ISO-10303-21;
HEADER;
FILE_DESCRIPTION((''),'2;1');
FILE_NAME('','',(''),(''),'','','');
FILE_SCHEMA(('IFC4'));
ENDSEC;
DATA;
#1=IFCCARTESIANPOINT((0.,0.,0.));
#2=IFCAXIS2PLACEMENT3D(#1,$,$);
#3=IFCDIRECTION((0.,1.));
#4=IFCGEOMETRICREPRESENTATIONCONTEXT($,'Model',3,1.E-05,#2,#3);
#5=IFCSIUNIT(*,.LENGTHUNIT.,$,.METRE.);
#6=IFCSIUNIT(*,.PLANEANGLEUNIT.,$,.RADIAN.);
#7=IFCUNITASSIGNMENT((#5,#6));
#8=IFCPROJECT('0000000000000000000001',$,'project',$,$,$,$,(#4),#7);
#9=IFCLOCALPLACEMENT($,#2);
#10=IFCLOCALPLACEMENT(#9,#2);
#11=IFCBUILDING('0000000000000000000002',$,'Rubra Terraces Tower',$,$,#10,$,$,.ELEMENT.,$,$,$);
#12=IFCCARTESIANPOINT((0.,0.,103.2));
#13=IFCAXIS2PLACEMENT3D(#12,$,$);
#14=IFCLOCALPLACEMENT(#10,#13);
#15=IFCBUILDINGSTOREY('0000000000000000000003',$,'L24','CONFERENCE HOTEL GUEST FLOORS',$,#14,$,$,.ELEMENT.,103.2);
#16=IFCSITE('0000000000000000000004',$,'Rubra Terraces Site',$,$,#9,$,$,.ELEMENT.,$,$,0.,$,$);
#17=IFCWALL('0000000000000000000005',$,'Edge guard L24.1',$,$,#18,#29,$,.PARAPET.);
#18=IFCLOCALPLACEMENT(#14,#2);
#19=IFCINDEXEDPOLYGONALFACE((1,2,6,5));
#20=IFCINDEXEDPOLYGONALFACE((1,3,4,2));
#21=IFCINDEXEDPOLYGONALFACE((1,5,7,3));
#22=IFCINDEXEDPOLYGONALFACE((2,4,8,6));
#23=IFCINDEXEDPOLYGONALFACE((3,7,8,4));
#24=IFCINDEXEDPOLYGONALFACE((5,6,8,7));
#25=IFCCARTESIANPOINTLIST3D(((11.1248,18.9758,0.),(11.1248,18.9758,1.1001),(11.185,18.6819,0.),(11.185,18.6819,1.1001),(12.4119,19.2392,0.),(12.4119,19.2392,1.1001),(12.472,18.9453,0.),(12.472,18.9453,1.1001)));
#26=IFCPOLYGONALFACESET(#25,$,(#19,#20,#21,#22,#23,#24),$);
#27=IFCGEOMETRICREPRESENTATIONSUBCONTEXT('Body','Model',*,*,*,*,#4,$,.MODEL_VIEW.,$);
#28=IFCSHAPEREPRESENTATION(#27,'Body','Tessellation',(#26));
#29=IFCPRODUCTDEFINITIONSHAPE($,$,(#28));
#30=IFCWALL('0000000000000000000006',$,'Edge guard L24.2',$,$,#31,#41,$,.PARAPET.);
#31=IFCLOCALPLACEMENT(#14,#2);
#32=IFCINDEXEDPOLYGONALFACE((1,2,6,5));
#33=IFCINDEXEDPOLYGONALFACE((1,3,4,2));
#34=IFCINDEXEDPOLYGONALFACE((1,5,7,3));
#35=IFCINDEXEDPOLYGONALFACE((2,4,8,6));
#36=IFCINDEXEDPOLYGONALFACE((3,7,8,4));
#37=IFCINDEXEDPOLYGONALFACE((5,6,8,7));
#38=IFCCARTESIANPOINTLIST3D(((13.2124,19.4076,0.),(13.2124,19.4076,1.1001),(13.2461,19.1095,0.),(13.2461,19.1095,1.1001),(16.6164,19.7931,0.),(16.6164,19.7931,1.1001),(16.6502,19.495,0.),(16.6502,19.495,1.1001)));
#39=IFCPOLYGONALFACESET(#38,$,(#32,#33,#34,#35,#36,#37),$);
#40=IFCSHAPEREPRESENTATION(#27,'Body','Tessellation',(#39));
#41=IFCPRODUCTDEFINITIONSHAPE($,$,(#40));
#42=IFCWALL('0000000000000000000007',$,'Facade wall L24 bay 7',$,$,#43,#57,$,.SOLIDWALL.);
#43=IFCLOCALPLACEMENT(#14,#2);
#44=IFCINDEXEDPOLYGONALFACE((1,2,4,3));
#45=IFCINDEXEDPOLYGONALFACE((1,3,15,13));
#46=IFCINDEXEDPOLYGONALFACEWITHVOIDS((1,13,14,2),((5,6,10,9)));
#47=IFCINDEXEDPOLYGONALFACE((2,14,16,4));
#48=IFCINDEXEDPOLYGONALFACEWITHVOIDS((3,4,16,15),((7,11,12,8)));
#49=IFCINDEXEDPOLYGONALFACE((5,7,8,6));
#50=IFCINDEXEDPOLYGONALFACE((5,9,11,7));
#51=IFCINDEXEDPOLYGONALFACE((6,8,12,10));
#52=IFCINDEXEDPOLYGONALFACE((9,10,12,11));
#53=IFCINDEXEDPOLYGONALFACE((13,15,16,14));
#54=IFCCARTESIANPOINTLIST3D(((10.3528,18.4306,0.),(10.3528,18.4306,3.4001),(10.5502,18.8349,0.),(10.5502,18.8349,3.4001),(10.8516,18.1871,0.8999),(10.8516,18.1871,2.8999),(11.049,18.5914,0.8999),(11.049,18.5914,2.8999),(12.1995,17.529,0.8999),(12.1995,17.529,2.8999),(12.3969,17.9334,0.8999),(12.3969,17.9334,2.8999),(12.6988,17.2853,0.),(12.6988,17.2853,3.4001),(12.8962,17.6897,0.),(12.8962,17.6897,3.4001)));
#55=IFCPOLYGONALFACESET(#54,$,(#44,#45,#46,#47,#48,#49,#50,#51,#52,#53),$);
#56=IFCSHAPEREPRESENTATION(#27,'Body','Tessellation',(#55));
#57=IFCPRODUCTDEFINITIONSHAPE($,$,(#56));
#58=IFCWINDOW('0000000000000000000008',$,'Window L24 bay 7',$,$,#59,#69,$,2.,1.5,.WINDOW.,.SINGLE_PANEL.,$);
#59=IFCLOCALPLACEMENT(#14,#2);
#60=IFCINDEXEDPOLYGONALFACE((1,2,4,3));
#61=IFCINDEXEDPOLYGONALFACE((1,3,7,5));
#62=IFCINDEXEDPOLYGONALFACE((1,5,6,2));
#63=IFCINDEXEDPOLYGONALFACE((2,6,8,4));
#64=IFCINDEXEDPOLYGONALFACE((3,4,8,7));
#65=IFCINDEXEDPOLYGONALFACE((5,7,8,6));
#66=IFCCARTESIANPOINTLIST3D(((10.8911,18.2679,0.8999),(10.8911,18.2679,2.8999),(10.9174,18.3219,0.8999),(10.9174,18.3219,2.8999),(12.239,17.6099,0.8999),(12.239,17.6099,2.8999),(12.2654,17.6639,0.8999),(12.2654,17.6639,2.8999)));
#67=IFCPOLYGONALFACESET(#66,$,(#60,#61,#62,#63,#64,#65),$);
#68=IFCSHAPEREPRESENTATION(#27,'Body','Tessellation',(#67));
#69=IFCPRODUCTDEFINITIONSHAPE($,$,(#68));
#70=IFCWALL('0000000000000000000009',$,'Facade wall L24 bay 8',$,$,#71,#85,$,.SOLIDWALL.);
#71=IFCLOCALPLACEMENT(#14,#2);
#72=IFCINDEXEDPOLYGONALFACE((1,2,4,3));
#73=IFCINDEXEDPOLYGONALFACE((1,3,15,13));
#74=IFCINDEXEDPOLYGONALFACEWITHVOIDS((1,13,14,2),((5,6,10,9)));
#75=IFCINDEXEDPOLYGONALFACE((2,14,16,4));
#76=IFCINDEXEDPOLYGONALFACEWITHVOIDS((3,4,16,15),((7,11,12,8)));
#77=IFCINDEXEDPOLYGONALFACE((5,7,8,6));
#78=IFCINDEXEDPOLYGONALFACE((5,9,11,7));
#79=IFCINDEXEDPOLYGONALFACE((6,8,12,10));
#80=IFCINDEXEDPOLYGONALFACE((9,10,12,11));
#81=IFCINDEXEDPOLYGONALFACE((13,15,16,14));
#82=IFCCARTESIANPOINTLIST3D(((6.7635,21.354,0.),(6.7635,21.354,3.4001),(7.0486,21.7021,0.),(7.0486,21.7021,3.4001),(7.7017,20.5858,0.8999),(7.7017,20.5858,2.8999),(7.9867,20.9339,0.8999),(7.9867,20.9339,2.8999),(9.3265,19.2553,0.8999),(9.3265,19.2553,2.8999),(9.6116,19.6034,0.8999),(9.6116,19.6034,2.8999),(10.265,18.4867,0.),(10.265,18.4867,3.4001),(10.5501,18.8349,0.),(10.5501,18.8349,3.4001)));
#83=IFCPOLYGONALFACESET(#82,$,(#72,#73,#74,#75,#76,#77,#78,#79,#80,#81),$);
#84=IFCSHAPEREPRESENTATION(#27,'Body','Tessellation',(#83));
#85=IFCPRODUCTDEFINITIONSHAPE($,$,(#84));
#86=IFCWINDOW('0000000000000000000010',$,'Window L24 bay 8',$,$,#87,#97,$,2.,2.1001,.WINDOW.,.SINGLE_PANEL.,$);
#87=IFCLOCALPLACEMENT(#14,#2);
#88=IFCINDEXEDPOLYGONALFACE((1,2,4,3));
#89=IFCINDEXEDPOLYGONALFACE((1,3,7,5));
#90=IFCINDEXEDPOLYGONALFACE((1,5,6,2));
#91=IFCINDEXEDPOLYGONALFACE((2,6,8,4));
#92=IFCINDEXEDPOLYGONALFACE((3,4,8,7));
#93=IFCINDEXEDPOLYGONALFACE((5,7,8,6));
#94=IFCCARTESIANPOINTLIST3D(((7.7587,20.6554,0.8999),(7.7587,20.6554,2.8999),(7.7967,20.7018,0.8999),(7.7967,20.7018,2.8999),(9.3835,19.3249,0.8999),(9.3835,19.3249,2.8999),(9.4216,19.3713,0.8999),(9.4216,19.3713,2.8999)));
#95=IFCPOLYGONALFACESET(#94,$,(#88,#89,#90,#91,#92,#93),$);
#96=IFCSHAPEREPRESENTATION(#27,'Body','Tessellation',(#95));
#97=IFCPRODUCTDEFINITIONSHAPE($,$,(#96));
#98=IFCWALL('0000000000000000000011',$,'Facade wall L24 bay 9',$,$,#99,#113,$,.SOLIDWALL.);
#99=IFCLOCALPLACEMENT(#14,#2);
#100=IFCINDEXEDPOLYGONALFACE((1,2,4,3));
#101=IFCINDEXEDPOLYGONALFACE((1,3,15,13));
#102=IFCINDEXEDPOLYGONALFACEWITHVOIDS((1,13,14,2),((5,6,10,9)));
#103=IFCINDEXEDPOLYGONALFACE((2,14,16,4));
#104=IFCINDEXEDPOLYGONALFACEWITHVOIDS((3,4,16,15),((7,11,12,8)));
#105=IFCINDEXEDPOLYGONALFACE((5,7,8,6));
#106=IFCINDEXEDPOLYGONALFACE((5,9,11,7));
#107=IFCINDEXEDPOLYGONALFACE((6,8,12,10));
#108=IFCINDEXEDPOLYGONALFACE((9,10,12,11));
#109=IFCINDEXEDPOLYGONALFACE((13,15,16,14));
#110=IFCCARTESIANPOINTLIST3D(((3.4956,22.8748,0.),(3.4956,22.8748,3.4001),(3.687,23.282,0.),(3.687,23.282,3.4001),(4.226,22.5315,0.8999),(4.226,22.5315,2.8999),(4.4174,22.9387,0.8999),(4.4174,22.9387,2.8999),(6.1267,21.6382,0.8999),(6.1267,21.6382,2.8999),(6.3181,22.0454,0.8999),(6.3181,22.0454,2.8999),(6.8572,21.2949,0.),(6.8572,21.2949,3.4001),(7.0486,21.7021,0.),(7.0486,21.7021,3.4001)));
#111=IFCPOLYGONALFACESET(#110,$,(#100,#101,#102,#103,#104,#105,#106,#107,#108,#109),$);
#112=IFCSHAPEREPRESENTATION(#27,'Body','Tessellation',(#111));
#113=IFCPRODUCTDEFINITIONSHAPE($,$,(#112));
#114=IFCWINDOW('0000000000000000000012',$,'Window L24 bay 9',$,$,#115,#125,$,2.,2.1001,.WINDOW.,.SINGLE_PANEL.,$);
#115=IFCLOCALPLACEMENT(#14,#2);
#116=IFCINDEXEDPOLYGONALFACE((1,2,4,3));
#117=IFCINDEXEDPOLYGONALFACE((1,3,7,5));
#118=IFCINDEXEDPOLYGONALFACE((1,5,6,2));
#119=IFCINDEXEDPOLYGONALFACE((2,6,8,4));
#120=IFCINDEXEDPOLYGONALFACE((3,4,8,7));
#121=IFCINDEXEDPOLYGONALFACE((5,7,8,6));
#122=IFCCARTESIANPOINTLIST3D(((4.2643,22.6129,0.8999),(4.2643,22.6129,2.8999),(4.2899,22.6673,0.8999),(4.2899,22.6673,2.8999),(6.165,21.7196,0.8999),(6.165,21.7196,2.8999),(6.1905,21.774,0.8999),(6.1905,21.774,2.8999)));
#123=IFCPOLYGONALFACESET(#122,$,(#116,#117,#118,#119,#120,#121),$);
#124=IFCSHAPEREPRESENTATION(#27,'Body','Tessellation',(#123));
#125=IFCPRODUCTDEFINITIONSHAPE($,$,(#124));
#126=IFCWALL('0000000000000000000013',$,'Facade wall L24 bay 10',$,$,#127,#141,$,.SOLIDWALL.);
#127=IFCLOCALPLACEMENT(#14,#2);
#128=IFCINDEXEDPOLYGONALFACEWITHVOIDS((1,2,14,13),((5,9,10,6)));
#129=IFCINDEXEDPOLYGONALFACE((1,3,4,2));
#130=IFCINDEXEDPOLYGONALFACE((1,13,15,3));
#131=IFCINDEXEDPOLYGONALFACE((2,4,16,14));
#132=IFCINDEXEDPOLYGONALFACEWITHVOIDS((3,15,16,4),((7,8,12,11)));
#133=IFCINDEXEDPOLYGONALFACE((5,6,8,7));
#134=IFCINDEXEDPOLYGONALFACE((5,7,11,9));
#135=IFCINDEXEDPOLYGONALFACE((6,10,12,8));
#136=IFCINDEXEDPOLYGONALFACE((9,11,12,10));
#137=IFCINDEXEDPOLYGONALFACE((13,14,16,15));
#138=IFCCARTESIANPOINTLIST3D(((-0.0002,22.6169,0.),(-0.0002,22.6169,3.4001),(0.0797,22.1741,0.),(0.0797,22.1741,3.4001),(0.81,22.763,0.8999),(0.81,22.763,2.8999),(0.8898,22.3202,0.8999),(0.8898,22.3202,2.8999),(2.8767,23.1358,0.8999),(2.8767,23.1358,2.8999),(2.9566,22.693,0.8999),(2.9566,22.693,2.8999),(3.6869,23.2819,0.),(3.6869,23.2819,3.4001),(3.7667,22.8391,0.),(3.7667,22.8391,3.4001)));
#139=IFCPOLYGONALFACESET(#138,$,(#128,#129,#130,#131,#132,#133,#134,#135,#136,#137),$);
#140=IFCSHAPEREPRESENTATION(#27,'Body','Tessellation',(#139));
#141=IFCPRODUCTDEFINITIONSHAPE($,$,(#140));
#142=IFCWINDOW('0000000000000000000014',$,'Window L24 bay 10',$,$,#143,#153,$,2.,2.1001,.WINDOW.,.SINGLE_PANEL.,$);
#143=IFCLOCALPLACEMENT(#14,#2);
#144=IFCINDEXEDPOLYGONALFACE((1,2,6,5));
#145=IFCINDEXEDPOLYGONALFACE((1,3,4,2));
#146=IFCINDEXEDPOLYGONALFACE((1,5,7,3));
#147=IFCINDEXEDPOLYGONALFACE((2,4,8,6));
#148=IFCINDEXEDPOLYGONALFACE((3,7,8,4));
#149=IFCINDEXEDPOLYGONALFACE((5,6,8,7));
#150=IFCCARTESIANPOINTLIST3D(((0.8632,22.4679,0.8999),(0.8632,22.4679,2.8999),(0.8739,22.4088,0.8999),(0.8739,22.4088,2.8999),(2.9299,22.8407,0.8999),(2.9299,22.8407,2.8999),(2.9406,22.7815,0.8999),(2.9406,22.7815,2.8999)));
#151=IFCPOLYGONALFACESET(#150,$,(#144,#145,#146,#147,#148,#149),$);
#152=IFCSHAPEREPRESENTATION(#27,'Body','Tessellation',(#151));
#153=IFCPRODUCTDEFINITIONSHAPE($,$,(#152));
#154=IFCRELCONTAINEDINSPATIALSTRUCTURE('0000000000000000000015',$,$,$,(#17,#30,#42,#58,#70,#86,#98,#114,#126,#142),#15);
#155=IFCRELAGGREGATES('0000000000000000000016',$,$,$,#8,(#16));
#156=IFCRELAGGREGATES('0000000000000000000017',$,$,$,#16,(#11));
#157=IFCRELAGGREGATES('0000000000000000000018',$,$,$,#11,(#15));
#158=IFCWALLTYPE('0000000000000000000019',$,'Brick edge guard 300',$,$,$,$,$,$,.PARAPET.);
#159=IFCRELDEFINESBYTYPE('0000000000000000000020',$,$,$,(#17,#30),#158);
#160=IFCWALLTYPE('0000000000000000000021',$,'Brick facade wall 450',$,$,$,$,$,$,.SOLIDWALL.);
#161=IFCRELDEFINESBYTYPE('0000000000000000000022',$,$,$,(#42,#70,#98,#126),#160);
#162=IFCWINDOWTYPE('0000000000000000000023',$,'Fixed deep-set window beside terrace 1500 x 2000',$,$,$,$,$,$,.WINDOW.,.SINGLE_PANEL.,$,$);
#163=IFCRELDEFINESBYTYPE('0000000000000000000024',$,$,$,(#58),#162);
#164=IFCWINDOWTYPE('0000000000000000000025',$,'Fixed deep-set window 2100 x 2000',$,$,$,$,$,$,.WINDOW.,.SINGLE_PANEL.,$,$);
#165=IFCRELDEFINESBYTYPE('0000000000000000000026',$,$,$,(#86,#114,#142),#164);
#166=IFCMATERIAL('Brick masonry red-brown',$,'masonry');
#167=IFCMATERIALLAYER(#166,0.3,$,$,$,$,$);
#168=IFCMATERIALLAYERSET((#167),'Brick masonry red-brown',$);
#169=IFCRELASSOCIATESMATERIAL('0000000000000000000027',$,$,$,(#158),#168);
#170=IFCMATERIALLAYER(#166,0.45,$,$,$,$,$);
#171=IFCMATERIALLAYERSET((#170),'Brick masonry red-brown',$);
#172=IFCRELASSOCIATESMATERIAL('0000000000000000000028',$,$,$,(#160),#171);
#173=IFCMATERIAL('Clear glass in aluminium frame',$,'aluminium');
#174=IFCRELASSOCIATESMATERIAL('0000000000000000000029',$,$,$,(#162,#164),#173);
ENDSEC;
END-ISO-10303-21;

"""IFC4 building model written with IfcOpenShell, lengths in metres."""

from ifc_helpers import new_model, si_unit, direction, frame, frame_2d, origin, place, context, subcontext, project, spatial, rectangle, extrude, material, layer, layer_set, type_object, element, fill, save


model = new_model("IFC4")

# Units and contexts
model_context = context("Model", 3, precision=1e-05, world=origin(), true_north=direction((0.0, 1.0)))
body_context = subcontext(model_context, "Body", "Model", "MODEL_VIEW")
ifc_project = project(units=[si_unit("LENGTHUNIT", "METRE"), si_unit("PLANEANGLEUNIT", "RADIAN")], contexts=[model_context])

# Site, building, storey
site_placement = place(None, origin())
site = spatial("IfcSite", under=ifc_project, at=site_placement, Name="Rubra Terraces Site", CompositionType="ELEMENT", RefElevation=0.0)
building_placement = place(site_placement, origin())
building = spatial("IfcBuilding", under=site, at=building_placement, Name="Rubra Terraces Tower", CompositionType="ELEMENT")
storey_placement = place(building_placement, frame((0.0, 0.0, 103.2)))
storey = spatial("IfcBuildingStorey", under=building, at=storey_placement, Name="L24", Description="CONFERENCE HOTEL GUEST FLOORS", CompositionType="ELEMENT", Elevation=103.2)

# Walls
ifc_material_1 = material(Name="Brick masonry red-brown", Category="masonry")
ifc_layer_1 = layer(ifc_material_1, 0.3)
ifc_layer_set_1 = layer_set([ifc_layer_1], Name="Brick masonry red-brown")
wall_type_1 = type_object("IfcWallType", Name="Brick edge guard 300", PredefinedType="PARAPET", material=ifc_layer_set_1)
wall_1_placement = place(storey_placement, frame((11.155, 18.8289, 0.0), z_axis=(0.0, 0.0, 1.0), x_axis=(0.979692, 0.20051, 0.0)))
element("IfcWall", 1, at=wall_1_placement, inside=storey, type_object=wall_type_1, Name="Edge guard L24.1", PredefinedType="PARAPET", context=body_context, shape_type="SweptSolid", body=[
    extrude(rectangle(XDim=1.3137, YDim=0.3, at=frame_2d((0.6567, 0.0))), origin(), (0.0, 0.0, 1.0), 1.1001),
])
wall_2_placement = place(storey_placement, frame((13.2292, 19.2585, 0.0), z_axis=(0.0, 0.0, 1.0), x_axis=(0.993649, 0.112528, 0.0)))
element("IfcWall", 2, at=wall_2_placement, inside=storey, type_object=wall_type_1, Name="Edge guard L24.2", PredefinedType="PARAPET", context=body_context, shape_type="SweptSolid", body=[
    extrude(rectangle(XDim=3.4258, YDim=0.3, at=frame_2d((1.7129, 0.0))), origin(), (0.0, 0.0, 1.0), 1.1001),
])

# Walls, openings, windows
ifc_layer_2 = layer(ifc_material_1, 0.45)
ifc_layer_set_2 = layer_set([ifc_layer_2], Name="Brick masonry red-brown")
wall_type_2 = type_object("IfcWallType", Name="Brick facade wall 450", PredefinedType="SOLIDWALL", material=ifc_layer_set_2)
wall_3_placement = place(storey_placement, frame((12.7974, 17.4875, 0.0), z_axis=(0.0, 0.0, 1.0), x_axis=(-0.898633, 0.438702, 0.0)))
wall_3 = element("IfcWall", 3, at=wall_3_placement, inside=storey, type_object=wall_type_2, Name="Facade wall L24 bay 7", PredefinedType="SOLIDWALL", context=body_context, shape_type="SweptSolid", body=[
    extrude(rectangle(XDim=2.6106, YDim=0.45, at=frame_2d((1.3052, 0.0))), origin(), (0.0, 0.0, 1.0), 3.4001),
])
opening_1_placement = place(wall_3_placement, frame((0.5554, 0.0, 0.8999)))
opening_1 = element("IfcOpeningElement", 4, at=opening_1_placement, cuts=wall_3, PredefinedType="OPENING", context=body_context, shape_type="SweptSolid", body=[
    extrude(rectangle(XDim=1.5, YDim=2.0, at=frame_2d((0.75, 1.0))), frame((0.0, 0.2349, 0.0), z_axis=(0.0, -1.0, 0.0), x_axis=(1.0, 0.0, 0.0)), (0.0, 0.0, 1.0), 0.47),
])
ifc_material_2 = material(Name="Clear glass in aluminium frame", Category="aluminium")
window_type_1 = type_object("IfcWindowType", Name="Fixed deep-set window beside terrace 1500 x 2000", PartitioningType="SINGLE_PANEL", PredefinedType="WINDOW", material=ifc_material_2)
window_1_placement = place(opening_1_placement, origin())
window_1 = element("IfcWindow", 5, at=window_1_placement, inside=storey, type_object=window_type_1, Name="Window L24 bay 7", OverallHeight=2.0, OverallWidth=1.5, PartitioningType="SINGLE_PANEL", PredefinedType="WINDOW", context=body_context, shape_type="SweptSolid", body=[
    extrude(rectangle(XDim=1.5, YDim=2.0, at=frame_2d((0.75, 1.0))), frame((0.0, 0.135, 0.0), z_axis=(0.0, -1.0, 0.0), x_axis=(1.0, 0.0, 0.0)), (0.0, 0.0, 1.0), 0.0601),
])
fill(opening_1, window_1)
wall_4_placement = place(storey_placement, frame((10.4075, 18.6609, 0.0), z_axis=(0.0, 0.0, 1.0), x_axis=(-0.773702, 0.633549, 0.0)))
wall_4 = element("IfcWall", 6, at=wall_4_placement, inside=storey, type_object=wall_type_2, Name="Facade wall L24 bay 8", PredefinedType="SOLIDWALL", context=body_context, shape_type="SweptSolid", body=[
    extrude(rectangle(XDim=4.5256, YDim=0.45, at=frame_2d((2.2627, 0.0))), origin(), (0.0, 0.0, 1.0), 3.4001),
])
opening_2_placement = place(wall_4_placement, frame((1.2129, 0.0, 0.8999)))
opening_2 = element("IfcOpeningElement", 7, at=opening_2_placement, cuts=wall_4, PredefinedType="OPENING", context=body_context, shape_type="SweptSolid", body=[
    extrude(rectangle(XDim=2.1001, YDim=2.0, at=frame_2d((1.05, 1.0))), frame((0.0, 0.2349, 0.0), z_axis=(0.0, -1.0, 0.0), x_axis=(1.0, 0.0, 0.0)), (0.0, 0.0, 1.0), 0.47),
])
window_type_2 = type_object("IfcWindowType", Name="Fixed deep-set window 2100 x 2000", PartitioningType="SINGLE_PANEL", PredefinedType="WINDOW", material=ifc_material_2)
window_2_placement = place(opening_2_placement, origin())
window_2 = element("IfcWindow", 8, at=window_2_placement, inside=storey, type_object=window_type_2, Name="Window L24 bay 8", OverallHeight=2.0, OverallWidth=2.1001, PartitioningType="SINGLE_PANEL", PredefinedType="WINDOW", context=body_context, shape_type="SweptSolid", body=[
    extrude(rectangle(XDim=2.1001, YDim=2.0, at=frame_2d((1.05, 1.0))), frame((0.0, 0.135, 0.0), z_axis=(0.0, -1.0, 0.0), x_axis=(1.0, 0.0, 0.0)), (0.0, 0.0, 1.0), 0.0601),
])
fill(opening_2, window_2)
wall_5_placement = place(storey_placement, frame((6.9529, 21.4985, 0.0), z_axis=(0.0, 0.0, 1.0), x_axis=(-0.905035, 0.425338, 0.0)))
wall_5 = element("IfcWall", 9, at=wall_5_placement, inside=storey, type_object=wall_type_2, Name="Facade wall L24 bay 9", PredefinedType="SOLIDWALL", context=body_context, shape_type="SweptSolid", body=[
    extrude(rectangle(XDim=3.7144, YDim=0.45, at=frame_2d((1.8572, 0.0))), origin(), (0.0, 0.0, 1.0), 3.4001),
])
opening_3_placement = place(wall_5_placement, frame((0.8071, 0.0, 0.8999)))
opening_3 = element("IfcOpeningElement", 10, at=opening_3_placement, cuts=wall_5, PredefinedType="OPENING", context=body_context, shape_type="SweptSolid", body=[
    extrude(rectangle(XDim=2.1001, YDim=2.0, at=frame_2d((1.05, 1.0))), frame((0.0, 0.2349, 0.0), z_axis=(0.0, -1.0, 0.0), x_axis=(1.0, 0.0, 0.0)), (0.0, 0.0, 1.0), 0.47),
])
window_3_placement = place(opening_3_placement, origin())
window_3 = element("IfcWindow", 11, at=window_3_placement, inside=storey, type_object=window_type_2, Name="Window L24 bay 9", OverallHeight=2.0, OverallWidth=2.1001, PartitioningType="SINGLE_PANEL", PredefinedType="WINDOW", context=body_context, shape_type="SweptSolid", body=[
    extrude(rectangle(XDim=2.1001, YDim=2.0, at=frame_2d((1.05, 1.0))), frame((0.0, 0.135, 0.0), z_axis=(0.0, -1.0, 0.0), x_axis=(1.0, 0.0, 0.0)), (0.0, 0.0, 1.0), 0.0601),
])
fill(opening_3, window_3)
wall_6_placement = place(storey_placement, frame((3.7268, 23.0605, 0.0), z_axis=(0.0, 0.0, 1.0), x_axis=(-0.984119, -0.177509, 0.0)))
wall_6 = element("IfcWall", 12, at=wall_6_placement, inside=storey, type_object=wall_type_2, Name="Facade wall L24 bay 10", PredefinedType="SOLIDWALL", context=body_context, shape_type="SweptSolid", body=[
    extrude(rectangle(XDim=3.7466, YDim=0.45, at=frame_2d((1.8733, 0.0))), origin(), (0.0, 0.0, 1.0), 3.4001),
])
opening_4_placement = place(wall_6_placement, frame((0.8232, 0.0, 0.8999)))
opening_4 = element("IfcOpeningElement", 13, at=opening_4_placement, cuts=wall_6, PredefinedType="OPENING", context=body_context, shape_type="SweptSolid", body=[
    extrude(rectangle(XDim=2.1001, YDim=2.0, at=frame_2d((1.05, 1.0))), frame((0.0, 0.2349, 0.0), z_axis=(0.0, -1.0, 0.0), x_axis=(1.0, 0.0, 0.0)), (0.0, 0.0, 1.0), 0.47),
])
window_4_placement = place(opening_4_placement, origin())
window_4 = element("IfcWindow", 14, at=window_4_placement, inside=storey, type_object=window_type_2, Name="Window L24 bay 10", OverallHeight=2.0, OverallWidth=2.1001, PartitioningType="SINGLE_PANEL", PredefinedType="WINDOW", context=body_context, shape_type="SweptSolid", body=[
    extrude(rectangle(XDim=2.1001, YDim=2.0, at=frame_2d((1.05, 1.0))), frame((0.0, 0.135, 0.0), z_axis=(0.0, -1.0, 0.0), x_axis=(1.0, 0.0, 0.0)), (0.0, 0.0, 1.0), 0.0601),
])
fill(opening_4, window_4)

save(model, "model.ifc")
